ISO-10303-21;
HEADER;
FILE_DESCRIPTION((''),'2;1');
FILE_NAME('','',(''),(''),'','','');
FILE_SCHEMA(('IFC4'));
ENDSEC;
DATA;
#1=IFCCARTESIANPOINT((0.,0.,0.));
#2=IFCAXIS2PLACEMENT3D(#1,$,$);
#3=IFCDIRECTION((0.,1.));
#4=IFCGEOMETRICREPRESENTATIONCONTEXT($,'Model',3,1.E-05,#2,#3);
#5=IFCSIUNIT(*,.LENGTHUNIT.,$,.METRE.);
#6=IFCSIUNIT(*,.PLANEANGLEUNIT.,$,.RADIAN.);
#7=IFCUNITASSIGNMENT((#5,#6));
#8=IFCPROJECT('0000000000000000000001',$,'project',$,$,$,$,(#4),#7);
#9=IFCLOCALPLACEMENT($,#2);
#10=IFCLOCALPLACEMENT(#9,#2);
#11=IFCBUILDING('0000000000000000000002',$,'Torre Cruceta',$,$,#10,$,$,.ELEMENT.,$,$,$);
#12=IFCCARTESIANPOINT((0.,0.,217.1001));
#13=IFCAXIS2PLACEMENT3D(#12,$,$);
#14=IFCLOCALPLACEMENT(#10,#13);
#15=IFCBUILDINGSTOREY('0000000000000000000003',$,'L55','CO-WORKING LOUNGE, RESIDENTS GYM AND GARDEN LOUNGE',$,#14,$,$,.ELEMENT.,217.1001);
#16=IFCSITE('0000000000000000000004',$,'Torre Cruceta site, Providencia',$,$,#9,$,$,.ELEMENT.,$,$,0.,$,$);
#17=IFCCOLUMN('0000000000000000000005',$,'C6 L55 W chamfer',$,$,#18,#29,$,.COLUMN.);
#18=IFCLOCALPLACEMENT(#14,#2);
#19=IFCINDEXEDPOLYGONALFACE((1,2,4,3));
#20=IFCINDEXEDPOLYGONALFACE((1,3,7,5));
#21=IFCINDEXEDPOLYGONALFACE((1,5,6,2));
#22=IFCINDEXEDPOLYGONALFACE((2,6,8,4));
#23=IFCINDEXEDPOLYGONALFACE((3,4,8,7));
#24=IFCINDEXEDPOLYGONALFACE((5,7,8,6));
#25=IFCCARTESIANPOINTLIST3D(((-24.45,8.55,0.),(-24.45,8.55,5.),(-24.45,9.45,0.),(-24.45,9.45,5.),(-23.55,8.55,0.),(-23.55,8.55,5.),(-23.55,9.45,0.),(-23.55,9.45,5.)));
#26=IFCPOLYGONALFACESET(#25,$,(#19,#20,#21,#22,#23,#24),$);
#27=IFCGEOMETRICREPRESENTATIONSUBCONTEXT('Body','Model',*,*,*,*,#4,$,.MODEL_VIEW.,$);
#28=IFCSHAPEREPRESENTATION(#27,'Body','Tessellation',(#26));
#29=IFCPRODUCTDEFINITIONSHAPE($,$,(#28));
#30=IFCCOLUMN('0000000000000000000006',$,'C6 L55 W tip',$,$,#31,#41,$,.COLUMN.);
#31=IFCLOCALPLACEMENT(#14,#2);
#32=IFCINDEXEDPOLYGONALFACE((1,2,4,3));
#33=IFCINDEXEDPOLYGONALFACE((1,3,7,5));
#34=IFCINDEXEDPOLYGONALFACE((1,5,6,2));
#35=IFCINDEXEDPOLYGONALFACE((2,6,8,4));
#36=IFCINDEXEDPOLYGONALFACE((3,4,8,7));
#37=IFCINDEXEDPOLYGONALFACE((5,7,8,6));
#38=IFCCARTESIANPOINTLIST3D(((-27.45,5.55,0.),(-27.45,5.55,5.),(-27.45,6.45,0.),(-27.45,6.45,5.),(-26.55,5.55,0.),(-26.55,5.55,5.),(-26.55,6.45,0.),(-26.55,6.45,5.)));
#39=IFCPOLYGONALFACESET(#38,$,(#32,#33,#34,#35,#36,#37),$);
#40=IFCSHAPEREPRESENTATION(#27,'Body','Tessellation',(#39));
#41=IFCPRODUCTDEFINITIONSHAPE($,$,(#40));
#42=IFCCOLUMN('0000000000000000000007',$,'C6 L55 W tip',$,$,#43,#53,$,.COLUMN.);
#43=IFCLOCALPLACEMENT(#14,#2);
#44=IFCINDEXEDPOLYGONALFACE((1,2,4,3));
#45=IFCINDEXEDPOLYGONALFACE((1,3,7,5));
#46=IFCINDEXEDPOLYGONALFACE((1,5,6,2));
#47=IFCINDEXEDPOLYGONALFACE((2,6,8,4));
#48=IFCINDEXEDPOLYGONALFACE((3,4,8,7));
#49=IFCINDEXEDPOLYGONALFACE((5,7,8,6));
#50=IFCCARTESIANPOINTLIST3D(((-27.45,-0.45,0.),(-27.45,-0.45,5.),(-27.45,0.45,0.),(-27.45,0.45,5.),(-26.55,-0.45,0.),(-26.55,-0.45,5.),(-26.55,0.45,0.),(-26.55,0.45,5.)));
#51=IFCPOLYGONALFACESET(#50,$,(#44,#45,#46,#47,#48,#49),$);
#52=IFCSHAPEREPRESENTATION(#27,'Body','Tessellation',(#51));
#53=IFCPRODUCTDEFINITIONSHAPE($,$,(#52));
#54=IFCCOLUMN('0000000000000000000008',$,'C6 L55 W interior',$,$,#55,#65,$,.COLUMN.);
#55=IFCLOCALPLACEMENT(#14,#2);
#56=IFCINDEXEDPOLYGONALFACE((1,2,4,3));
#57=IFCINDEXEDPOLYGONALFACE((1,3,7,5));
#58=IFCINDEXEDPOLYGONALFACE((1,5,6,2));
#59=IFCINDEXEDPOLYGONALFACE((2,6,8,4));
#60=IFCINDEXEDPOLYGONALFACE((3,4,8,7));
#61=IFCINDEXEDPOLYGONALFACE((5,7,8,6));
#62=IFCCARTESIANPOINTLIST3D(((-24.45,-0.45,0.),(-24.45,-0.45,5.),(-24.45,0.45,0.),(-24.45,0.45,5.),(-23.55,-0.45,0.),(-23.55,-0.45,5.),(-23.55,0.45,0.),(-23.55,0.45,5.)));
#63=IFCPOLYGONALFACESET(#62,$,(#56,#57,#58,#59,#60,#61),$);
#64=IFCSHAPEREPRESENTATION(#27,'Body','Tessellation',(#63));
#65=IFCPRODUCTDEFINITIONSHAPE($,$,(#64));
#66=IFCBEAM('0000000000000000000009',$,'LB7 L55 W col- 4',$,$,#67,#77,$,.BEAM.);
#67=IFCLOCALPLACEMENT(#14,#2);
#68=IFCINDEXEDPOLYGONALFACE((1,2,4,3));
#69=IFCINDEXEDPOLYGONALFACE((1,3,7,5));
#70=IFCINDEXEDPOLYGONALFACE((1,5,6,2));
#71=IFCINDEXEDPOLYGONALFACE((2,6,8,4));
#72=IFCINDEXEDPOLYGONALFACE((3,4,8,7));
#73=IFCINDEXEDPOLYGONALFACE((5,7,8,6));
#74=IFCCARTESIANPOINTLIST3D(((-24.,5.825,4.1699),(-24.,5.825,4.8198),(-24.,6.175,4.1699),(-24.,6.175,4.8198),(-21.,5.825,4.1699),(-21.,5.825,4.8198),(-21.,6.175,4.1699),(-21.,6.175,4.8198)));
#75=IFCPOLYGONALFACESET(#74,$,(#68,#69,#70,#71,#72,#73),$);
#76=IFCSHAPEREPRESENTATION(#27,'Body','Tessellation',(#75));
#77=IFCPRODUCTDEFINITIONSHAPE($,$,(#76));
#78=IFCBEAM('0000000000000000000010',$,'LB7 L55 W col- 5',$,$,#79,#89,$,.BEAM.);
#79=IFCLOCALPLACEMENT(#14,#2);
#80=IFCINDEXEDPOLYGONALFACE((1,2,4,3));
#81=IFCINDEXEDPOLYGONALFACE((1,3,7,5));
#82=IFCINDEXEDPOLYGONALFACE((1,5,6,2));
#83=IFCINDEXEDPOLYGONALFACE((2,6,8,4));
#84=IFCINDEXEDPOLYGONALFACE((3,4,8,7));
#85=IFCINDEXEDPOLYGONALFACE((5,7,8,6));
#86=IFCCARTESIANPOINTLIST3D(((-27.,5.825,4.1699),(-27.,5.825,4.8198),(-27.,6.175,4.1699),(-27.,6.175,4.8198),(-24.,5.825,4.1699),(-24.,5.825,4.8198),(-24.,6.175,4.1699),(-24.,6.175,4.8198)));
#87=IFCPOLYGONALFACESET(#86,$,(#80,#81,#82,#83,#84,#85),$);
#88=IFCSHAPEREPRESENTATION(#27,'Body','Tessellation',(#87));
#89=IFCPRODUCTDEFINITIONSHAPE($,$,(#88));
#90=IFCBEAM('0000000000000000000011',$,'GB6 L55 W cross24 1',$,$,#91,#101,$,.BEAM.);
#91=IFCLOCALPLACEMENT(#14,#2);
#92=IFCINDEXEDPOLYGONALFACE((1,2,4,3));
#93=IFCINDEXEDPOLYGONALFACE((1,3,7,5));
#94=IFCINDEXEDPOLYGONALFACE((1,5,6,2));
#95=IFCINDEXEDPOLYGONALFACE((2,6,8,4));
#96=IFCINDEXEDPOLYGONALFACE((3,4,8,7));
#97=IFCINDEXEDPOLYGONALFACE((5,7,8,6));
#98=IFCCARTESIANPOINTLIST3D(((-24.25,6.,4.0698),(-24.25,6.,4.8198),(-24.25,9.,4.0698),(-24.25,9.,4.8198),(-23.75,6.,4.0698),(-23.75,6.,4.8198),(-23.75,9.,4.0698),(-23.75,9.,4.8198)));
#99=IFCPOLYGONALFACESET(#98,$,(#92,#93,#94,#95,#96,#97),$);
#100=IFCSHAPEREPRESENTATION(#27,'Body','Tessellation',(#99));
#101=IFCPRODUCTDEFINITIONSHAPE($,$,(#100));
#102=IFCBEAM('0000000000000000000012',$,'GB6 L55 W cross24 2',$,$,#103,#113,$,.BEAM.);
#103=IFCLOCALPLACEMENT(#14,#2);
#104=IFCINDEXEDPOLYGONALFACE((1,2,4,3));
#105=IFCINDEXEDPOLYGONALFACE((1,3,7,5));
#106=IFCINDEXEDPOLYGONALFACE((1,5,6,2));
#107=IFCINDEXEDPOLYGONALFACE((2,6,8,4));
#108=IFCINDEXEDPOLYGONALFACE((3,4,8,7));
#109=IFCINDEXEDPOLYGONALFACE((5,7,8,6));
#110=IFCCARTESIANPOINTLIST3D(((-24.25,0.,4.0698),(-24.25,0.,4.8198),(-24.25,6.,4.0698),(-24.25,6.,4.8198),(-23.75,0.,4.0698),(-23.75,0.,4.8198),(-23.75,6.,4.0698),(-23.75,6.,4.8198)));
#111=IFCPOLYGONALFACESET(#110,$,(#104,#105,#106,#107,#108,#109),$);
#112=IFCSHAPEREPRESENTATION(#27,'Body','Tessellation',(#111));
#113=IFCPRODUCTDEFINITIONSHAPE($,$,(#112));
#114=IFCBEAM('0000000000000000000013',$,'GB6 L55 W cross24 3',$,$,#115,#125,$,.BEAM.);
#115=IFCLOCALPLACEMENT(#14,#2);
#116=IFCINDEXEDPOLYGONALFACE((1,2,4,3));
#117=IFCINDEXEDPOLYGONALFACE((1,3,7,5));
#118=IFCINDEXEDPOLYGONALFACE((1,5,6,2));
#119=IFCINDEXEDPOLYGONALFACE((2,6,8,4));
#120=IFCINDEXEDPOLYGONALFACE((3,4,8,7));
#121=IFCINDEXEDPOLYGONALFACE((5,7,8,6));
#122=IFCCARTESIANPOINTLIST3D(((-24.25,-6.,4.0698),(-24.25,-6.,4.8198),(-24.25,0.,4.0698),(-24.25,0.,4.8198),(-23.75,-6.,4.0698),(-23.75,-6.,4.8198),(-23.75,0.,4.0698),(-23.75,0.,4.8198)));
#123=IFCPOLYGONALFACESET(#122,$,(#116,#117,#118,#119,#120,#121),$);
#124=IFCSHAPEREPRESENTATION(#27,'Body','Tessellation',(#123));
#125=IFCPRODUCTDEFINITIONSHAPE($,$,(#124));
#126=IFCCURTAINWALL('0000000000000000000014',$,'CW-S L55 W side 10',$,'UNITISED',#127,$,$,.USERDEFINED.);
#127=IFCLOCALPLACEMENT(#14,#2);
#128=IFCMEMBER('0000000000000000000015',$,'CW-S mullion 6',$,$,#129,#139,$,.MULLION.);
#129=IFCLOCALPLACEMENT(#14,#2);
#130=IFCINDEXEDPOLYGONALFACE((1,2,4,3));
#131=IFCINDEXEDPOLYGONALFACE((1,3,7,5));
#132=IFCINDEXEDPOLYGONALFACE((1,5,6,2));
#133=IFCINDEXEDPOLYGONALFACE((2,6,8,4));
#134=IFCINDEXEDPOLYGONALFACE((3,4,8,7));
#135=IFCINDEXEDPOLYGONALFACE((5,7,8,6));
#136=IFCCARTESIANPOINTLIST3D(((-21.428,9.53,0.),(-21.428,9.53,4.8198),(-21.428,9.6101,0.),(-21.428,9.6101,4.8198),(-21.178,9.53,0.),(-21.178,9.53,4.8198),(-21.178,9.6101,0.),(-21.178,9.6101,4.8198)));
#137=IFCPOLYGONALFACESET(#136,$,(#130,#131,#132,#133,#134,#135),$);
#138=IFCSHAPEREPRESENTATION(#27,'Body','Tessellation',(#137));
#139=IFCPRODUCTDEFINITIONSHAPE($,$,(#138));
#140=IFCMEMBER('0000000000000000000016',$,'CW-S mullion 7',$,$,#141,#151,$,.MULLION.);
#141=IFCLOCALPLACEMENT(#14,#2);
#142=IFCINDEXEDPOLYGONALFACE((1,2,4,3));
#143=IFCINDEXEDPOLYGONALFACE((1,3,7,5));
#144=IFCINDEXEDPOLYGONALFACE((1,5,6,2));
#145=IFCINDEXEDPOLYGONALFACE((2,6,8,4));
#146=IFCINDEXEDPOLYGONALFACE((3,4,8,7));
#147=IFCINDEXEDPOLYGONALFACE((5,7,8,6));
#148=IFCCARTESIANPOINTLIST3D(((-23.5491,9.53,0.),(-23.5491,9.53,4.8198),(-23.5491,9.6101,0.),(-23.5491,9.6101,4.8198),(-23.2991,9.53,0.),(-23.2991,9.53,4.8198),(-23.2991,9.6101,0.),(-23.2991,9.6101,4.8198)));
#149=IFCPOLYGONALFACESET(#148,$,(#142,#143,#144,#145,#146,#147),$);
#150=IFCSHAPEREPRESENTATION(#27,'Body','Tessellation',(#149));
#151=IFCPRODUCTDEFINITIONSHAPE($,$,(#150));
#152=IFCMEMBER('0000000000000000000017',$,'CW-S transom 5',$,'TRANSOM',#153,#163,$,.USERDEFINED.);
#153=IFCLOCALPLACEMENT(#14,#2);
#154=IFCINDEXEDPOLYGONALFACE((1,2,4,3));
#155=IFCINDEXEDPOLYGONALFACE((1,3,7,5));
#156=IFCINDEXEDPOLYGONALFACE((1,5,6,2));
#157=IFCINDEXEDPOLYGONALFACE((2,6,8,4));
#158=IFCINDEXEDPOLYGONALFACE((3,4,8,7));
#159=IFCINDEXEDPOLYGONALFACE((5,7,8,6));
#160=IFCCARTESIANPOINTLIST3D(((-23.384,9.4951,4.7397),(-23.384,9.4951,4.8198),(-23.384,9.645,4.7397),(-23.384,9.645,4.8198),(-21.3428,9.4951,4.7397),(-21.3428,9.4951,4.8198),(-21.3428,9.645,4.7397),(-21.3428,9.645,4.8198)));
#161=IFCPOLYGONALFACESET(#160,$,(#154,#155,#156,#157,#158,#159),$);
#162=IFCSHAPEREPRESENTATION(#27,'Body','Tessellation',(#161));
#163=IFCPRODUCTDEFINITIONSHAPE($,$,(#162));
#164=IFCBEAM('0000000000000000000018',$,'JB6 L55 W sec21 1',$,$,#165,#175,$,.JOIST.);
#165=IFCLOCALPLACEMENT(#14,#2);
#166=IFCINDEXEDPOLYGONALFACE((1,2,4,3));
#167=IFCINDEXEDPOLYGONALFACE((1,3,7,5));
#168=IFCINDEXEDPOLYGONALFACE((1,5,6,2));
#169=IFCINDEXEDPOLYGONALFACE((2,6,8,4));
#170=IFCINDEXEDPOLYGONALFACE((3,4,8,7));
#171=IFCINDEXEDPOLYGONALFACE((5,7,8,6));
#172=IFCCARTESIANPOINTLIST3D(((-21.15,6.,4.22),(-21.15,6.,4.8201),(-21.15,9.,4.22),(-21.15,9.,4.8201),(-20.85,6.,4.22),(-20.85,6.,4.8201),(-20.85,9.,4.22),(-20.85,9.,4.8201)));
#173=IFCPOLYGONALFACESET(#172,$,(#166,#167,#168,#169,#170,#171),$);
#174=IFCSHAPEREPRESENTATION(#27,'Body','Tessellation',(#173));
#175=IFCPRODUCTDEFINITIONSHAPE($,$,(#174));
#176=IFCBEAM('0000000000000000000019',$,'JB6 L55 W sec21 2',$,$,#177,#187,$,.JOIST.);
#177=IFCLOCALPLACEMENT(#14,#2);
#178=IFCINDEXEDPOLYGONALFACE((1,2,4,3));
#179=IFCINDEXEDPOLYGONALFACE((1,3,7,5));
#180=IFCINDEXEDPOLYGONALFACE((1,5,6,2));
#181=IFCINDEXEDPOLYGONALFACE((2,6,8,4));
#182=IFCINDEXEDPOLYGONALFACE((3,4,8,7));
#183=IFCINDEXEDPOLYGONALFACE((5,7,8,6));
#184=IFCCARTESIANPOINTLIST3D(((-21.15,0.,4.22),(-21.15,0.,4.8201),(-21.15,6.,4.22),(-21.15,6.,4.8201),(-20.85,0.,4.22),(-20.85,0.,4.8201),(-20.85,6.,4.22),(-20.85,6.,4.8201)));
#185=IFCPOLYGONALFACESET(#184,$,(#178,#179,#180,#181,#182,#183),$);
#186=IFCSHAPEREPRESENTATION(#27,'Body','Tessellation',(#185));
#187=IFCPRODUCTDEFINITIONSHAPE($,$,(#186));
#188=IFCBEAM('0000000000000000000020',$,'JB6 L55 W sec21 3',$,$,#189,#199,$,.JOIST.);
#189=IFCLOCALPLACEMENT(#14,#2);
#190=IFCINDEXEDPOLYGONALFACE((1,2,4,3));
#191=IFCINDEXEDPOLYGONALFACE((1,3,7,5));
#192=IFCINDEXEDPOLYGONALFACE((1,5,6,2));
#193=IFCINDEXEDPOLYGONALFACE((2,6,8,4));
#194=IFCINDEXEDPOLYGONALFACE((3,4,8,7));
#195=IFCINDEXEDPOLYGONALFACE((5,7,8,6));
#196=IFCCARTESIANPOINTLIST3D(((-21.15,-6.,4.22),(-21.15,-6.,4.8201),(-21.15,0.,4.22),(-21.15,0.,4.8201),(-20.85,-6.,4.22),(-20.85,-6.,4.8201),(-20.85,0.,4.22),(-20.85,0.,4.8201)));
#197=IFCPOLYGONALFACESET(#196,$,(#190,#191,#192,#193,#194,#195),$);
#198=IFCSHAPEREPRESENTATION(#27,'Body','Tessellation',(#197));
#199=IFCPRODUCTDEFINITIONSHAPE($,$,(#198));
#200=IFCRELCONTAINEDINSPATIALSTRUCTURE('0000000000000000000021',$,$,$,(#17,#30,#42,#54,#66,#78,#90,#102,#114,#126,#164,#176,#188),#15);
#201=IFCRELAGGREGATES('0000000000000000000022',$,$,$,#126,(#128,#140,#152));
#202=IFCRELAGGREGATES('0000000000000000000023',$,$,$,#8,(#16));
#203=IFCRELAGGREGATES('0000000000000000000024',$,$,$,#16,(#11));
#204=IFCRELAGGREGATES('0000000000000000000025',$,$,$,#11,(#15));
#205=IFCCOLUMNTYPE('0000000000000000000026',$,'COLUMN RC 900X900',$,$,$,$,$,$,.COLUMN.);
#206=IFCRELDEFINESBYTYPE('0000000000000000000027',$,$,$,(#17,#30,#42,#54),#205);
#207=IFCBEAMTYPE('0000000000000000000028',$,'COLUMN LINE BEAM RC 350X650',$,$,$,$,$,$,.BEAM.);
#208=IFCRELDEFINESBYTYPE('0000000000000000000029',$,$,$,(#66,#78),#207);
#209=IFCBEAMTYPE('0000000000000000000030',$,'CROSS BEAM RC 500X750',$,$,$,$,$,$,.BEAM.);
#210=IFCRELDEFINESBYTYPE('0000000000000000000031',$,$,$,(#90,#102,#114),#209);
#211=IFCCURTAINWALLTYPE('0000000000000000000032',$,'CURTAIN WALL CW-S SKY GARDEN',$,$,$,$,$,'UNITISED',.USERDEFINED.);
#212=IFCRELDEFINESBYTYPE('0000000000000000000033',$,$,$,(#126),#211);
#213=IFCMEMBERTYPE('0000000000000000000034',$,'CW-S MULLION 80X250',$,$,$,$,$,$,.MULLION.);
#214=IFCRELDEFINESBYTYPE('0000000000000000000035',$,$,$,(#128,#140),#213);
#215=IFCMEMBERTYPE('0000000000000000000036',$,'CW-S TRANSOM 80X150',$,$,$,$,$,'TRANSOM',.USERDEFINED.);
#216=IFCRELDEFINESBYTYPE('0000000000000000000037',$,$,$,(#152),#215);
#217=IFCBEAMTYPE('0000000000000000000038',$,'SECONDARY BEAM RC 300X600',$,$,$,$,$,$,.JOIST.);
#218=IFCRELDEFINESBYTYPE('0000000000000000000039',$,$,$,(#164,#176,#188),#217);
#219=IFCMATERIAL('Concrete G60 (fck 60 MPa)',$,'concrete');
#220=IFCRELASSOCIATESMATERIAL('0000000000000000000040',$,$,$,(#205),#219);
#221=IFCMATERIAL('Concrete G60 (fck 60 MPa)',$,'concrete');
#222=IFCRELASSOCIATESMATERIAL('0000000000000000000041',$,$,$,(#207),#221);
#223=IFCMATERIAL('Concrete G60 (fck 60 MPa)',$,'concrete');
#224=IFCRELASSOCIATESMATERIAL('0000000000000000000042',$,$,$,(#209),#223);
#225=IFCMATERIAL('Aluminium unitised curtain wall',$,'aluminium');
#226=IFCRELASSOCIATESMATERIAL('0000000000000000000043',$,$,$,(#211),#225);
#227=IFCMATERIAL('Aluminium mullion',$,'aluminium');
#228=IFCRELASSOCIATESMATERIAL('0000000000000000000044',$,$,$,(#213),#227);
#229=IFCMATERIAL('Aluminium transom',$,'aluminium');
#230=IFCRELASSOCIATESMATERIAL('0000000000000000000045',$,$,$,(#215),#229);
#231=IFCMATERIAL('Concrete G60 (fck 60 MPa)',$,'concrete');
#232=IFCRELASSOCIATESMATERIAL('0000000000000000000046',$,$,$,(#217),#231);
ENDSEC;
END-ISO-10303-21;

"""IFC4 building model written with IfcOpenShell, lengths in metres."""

from ifc_helpers import new_model, si_unit, direction, frame, origin, origin_2d, place, context, subcontext, project, spatial, rectangle, extrude, material, material_profile, profile_set, type_object, element, aggregate, save


model = new_model("IFC4")

# Units and contexts
model_context = context("Model", 3, precision=1e-05, world=origin(), true_north=direction((0.0, 1.0)))
body_context = subcontext(model_context, "Body", "Model", "MODEL_VIEW")
ifc_project = project(units=[si_unit("LENGTHUNIT", "METRE"), si_unit("PLANEANGLEUNIT", "RADIAN")], contexts=[model_context])

# Site, building, storey
site_placement = place(None, origin())
site = spatial("IfcSite", under=ifc_project, at=site_placement, Name="Torre Cruceta site, Providencia", CompositionType="ELEMENT", RefElevation=0.0)
building_placement = place(site_placement, origin())
building = spatial("IfcBuilding", under=site, at=building_placement, Name="Torre Cruceta", CompositionType="ELEMENT")
storey_placement = place(building_placement, frame((0.0, 0.0, 217.1001)))
storey = spatial("IfcBuildingStorey", under=building, at=storey_placement, Name="L55", Description="CO-WORKING LOUNGE, RESIDENTS GYM AND GARDEN LOUNGE", CompositionType="ELEMENT", Elevation=217.1001)

# Columns
ifc_material_1 = material(Name="Concrete G60 (fck 60 MPa)", Category="concrete")
ifc_material_profile_1 = material_profile(ifc_material_1, rectangle(XDim=0.8999, YDim=0.8999, at=origin_2d()), Name="RC 900X900")
ifc_profile_set_1 = profile_set([ifc_material_profile_1], Name="Concrete G60 (fck 60 MPa)")
column_type = type_object("IfcColumnType", Name="COLUMN RC 900X900", PredefinedType="COLUMN", material=ifc_profile_set_1)
for number, where, z_axis, x_axis, name in (
    (1, (-24.0, 9.0, 0.0), (0.0, 0.0, 1.0), (1.0, 0.0, 0.0), "C6 L55 W chamfer"),
    (2, (-27.0, 6.0, 0.0), (0.0, 0.0, 1.0), (1.0, 0.0, 0.0), "C6 L55 W tip"),
    (3, (-27.0, 0.0, 0.0), (0.0, 0.0, 1.0), (1.0, 0.0, 0.0), "C6 L55 W tip"),
    (4, (-24.0, 0.0, 0.0), (0.0, 0.0, 1.0), (1.0, 0.0, 0.0), "C6 L55 W interior"),
):
    element("IfcColumn", number, at=place(storey_placement, frame(where, z_axis=z_axis, x_axis=x_axis)), inside=storey, type_object=column_type, Name=name, PredefinedType="COLUMN", context=body_context, shape_type="SweptSolid", body=[
        extrude(rectangle(XDim=0.8999, YDim=0.8999, at=origin_2d()), origin(), (0.0, 0.0, 1.0), 5.0),
    ])

# Beams
ifc_material_2 = material(Name="Concrete G60 (fck 60 MPa)", Category="concrete")
ifc_material_profile_2 = material_profile(ifc_material_2, rectangle(XDim=0.3501, YDim=0.6499, at=origin_2d()), Name="RC 350X650")
ifc_profile_set_2 = profile_set([ifc_material_profile_2], Name="Concrete G60 (fck 60 MPa)")
beam_type_1 = type_object("IfcBeamType", Name="COLUMN LINE BEAM RC 350X650", PredefinedType="BEAM", material=ifc_profile_set_2)
for number, where, z_axis, x_axis, name in (
    (5, (-21.0, 6.0, 4.4949), (-1.0, 0.0, 0.0), (0.0, -1.0, 0.0), "LB7 L55 W col- 4"),
    (6, (-24.0, 6.0, 4.4949), (-1.0, 0.0, 0.0), (0.0, -1.0, 0.0), "LB7 L55 W col- 5"),
):
    element("IfcBeam", number, at=place(storey_placement, frame(where, z_axis=z_axis, x_axis=x_axis)), inside=storey, type_object=beam_type_1, Name=name, PredefinedType="BEAM", context=body_context, shape_type="SweptSolid", body=[
        extrude(rectangle(XDim=0.3501, YDim=0.6499, at=origin_2d()), origin(), (0.0, 0.0, 1.0), 3.0),
    ])
ifc_material_3 = material(Name="Concrete G60 (fck 60 MPa)", Category="concrete")
ifc_material_profile_3 = material_profile(ifc_material_3, rectangle(XDim=0.5, YDim=0.75, at=origin_2d()), Name="RC 500X750")
ifc_profile_set_3 = profile_set([ifc_material_profile_3], Name="Concrete G60 (fck 60 MPa)")
beam_type_2 = type_object("IfcBeamType", Name="CROSS BEAM RC 500X750", PredefinedType="BEAM", material=ifc_profile_set_3)
beam_1_placement = place(storey_placement, frame((-24.0, 9.0, 4.4448), z_axis=(0.0, -1.0, 0.0), x_axis=(1.0, 0.0, 0.0)))
element("IfcBeam", 7, at=beam_1_placement, inside=storey, type_object=beam_type_2, Name="GB6 L55 W cross24 1", PredefinedType="BEAM", context=body_context, shape_type="SweptSolid", body=[
    extrude(rectangle(XDim=0.5, YDim=0.75, at=origin_2d()), origin(), (0.0, 0.0, 1.0), 3.0),
])
for number, where, z_axis, x_axis, name in (
    (8, (-24.0, 6.0, 4.4448), (0.0, -1.0, 0.0), (1.0, 0.0, 0.0), "GB6 L55 W cross24 2"),
    (9, (-24.0, 0.0, 4.4448), (0.0, -1.0, 0.0), (1.0, 0.0, 0.0), "GB6 L55 W cross24 3"),
):
    element("IfcBeam", number, at=place(storey_placement, frame(where, z_axis=z_axis, x_axis=x_axis)), inside=storey, type_object=beam_type_2, Name=name, PredefinedType="BEAM", context=body_context, shape_type="SweptSolid", body=[
        extrude(rectangle(XDim=0.5, YDim=0.75, at=origin_2d()), origin(), (0.0, 0.0, 1.0), 6.0),
    ])

# Curtain wall, members
ifc_material_4 = material(Name="Aluminium unitised curtain wall", Category="aluminium")
curtain_wall_type = type_object("IfcCurtainWallType", Name="CURTAIN WALL CW-S SKY GARDEN", ElementType="UNITISED", PredefinedType="USERDEFINED", material=ifc_material_4)
curtain_wall_placement = place(storey_placement, origin())
curtain_wall = element("IfcCurtainWall", 10, at=curtain_wall_placement, inside=storey, type_object=curtain_wall_type, Name="CW-S L55 W side 10", ObjectType="UNITISED", PredefinedType="USERDEFINED")
ifc_material_5 = material(Name="Aluminium mullion", Category="aluminium")
ifc_material_profile_4 = material_profile(ifc_material_5, rectangle(XDim=0.0801, YDim=0.25, at=origin_2d()), Name="AL 80X250")
ifc_profile_set_4 = profile_set([ifc_material_profile_4], Name="Aluminium mullion")
member_type_1 = type_object("IfcMemberType", Name="CW-S MULLION 80X250", PredefinedType="MULLION", material=ifc_profile_set_4)
member_1_placement = place(storey_placement, frame((-21.303, 9.5701, 0.0), z_axis=(0.0, 0.0, 1.0), x_axis=(0.0, -1.0, 0.0)))
member_1 = element("IfcMember", 11, at=member_1_placement, type_object=member_type_1, Name="CW-S mullion 6", PredefinedType="MULLION", context=body_context, shape_type="SweptSolid", body=[
    extrude(rectangle(XDim=0.0801, YDim=0.25, at=origin_2d()), origin(), (0.0, 0.0, 1.0), 4.8198),
])
member_2_placement = place(storey_placement, frame((-23.4241, 9.5701, 0.0), z_axis=(0.0, 0.0, 1.0), x_axis=(0.0, -1.0, 0.0)))
member_2 = element("IfcMember", 12, at=member_2_placement, type_object=member_type_1, Name="CW-S mullion 7", PredefinedType="MULLION", context=body_context, shape_type="SweptSolid", body=[
    extrude(rectangle(XDim=0.0801, YDim=0.25, at=origin_2d()), origin(), (0.0, 0.0, 1.0), 4.8198),
])
ifc_material_6 = material(Name="Aluminium transom", Category="aluminium")
ifc_material_profile_5 = material_profile(ifc_material_6, rectangle(XDim=0.1499, YDim=0.0801, at=origin_2d()), Name="AL 150X80")
ifc_profile_set_5 = profile_set([ifc_material_profile_5], Name="Aluminium transom")
member_type_2 = type_object("IfcMemberType", Name="CW-S TRANSOM 80X150", ElementType="TRANSOM", PredefinedType="USERDEFINED", material=ifc_profile_set_5)
member_3_placement = place(storey_placement, frame((-21.3428, 9.5701, 4.7798), z_axis=(-1.0, 0.0, 0.0), x_axis=(0.0, -1.0, 0.0)))
member_3 = element("IfcMember", 13, at=member_3_placement, type_object=member_type_2, Name="CW-S transom 5", ObjectType="TRANSOM", PredefinedType="USERDEFINED", context=body_context, shape_type="SweptSolid", body=[
    extrude(rectangle(XDim=0.1499, YDim=0.0801, at=origin_2d()), origin(), (0.0, 0.0, 1.0), 2.0413),
])

# Beams
ifc_material_7 = material(Name="Concrete G60 (fck 60 MPa)", Category="concrete")
ifc_material_profile_6 = material_profile(ifc_material_7, rectangle(XDim=0.3, YDim=0.6001, at=origin_2d()), Name="RC 300X600")
ifc_profile_set_6 = profile_set([ifc_material_profile_6], Name="Concrete G60 (fck 60 MPa)")
beam_type_3 = type_object("IfcBeamType", Name="SECONDARY BEAM RC 300X600", PredefinedType="JOIST", material=ifc_profile_set_6)
beam_2_placement = place(storey_placement, frame((-21.0, 9.0, 4.52), z_axis=(0.0, -1.0, 0.0), x_axis=(1.0, 0.0, 0.0)))
element("IfcBeam", 14, at=beam_2_placement, inside=storey, type_object=beam_type_3, Name="JB6 L55 W sec21 1", PredefinedType="JOIST", context=body_context, shape_type="SweptSolid", body=[
    extrude(rectangle(XDim=0.3, YDim=0.6001, at=origin_2d()), origin(), (0.0, 0.0, 1.0), 3.0),
])
for number, where, z_axis, x_axis, name in (
    (15, (-21.0, 6.0, 4.52), (0.0, -1.0, 0.0), (1.0, 0.0, 0.0), "JB6 L55 W sec21 2"),
    (16, (-21.0, 0.0, 4.52), (0.0, -1.0, 0.0), (1.0, 0.0, 0.0), "JB6 L55 W sec21 3"),
):
    element("IfcBeam", number, at=place(storey_placement, frame(where, z_axis=z_axis, x_axis=x_axis)), inside=storey, type_object=beam_type_3, Name=name, PredefinedType="JOIST", context=body_context, shape_type="SweptSolid", body=[
        extrude(rectangle(XDim=0.3, YDim=0.6001, at=origin_2d()), origin(), (0.0, 0.0, 1.0), 6.0),
    ])

aggregate(curtain_wall, [member_1, member_2, member_3])

save(model, "model.ifc")
